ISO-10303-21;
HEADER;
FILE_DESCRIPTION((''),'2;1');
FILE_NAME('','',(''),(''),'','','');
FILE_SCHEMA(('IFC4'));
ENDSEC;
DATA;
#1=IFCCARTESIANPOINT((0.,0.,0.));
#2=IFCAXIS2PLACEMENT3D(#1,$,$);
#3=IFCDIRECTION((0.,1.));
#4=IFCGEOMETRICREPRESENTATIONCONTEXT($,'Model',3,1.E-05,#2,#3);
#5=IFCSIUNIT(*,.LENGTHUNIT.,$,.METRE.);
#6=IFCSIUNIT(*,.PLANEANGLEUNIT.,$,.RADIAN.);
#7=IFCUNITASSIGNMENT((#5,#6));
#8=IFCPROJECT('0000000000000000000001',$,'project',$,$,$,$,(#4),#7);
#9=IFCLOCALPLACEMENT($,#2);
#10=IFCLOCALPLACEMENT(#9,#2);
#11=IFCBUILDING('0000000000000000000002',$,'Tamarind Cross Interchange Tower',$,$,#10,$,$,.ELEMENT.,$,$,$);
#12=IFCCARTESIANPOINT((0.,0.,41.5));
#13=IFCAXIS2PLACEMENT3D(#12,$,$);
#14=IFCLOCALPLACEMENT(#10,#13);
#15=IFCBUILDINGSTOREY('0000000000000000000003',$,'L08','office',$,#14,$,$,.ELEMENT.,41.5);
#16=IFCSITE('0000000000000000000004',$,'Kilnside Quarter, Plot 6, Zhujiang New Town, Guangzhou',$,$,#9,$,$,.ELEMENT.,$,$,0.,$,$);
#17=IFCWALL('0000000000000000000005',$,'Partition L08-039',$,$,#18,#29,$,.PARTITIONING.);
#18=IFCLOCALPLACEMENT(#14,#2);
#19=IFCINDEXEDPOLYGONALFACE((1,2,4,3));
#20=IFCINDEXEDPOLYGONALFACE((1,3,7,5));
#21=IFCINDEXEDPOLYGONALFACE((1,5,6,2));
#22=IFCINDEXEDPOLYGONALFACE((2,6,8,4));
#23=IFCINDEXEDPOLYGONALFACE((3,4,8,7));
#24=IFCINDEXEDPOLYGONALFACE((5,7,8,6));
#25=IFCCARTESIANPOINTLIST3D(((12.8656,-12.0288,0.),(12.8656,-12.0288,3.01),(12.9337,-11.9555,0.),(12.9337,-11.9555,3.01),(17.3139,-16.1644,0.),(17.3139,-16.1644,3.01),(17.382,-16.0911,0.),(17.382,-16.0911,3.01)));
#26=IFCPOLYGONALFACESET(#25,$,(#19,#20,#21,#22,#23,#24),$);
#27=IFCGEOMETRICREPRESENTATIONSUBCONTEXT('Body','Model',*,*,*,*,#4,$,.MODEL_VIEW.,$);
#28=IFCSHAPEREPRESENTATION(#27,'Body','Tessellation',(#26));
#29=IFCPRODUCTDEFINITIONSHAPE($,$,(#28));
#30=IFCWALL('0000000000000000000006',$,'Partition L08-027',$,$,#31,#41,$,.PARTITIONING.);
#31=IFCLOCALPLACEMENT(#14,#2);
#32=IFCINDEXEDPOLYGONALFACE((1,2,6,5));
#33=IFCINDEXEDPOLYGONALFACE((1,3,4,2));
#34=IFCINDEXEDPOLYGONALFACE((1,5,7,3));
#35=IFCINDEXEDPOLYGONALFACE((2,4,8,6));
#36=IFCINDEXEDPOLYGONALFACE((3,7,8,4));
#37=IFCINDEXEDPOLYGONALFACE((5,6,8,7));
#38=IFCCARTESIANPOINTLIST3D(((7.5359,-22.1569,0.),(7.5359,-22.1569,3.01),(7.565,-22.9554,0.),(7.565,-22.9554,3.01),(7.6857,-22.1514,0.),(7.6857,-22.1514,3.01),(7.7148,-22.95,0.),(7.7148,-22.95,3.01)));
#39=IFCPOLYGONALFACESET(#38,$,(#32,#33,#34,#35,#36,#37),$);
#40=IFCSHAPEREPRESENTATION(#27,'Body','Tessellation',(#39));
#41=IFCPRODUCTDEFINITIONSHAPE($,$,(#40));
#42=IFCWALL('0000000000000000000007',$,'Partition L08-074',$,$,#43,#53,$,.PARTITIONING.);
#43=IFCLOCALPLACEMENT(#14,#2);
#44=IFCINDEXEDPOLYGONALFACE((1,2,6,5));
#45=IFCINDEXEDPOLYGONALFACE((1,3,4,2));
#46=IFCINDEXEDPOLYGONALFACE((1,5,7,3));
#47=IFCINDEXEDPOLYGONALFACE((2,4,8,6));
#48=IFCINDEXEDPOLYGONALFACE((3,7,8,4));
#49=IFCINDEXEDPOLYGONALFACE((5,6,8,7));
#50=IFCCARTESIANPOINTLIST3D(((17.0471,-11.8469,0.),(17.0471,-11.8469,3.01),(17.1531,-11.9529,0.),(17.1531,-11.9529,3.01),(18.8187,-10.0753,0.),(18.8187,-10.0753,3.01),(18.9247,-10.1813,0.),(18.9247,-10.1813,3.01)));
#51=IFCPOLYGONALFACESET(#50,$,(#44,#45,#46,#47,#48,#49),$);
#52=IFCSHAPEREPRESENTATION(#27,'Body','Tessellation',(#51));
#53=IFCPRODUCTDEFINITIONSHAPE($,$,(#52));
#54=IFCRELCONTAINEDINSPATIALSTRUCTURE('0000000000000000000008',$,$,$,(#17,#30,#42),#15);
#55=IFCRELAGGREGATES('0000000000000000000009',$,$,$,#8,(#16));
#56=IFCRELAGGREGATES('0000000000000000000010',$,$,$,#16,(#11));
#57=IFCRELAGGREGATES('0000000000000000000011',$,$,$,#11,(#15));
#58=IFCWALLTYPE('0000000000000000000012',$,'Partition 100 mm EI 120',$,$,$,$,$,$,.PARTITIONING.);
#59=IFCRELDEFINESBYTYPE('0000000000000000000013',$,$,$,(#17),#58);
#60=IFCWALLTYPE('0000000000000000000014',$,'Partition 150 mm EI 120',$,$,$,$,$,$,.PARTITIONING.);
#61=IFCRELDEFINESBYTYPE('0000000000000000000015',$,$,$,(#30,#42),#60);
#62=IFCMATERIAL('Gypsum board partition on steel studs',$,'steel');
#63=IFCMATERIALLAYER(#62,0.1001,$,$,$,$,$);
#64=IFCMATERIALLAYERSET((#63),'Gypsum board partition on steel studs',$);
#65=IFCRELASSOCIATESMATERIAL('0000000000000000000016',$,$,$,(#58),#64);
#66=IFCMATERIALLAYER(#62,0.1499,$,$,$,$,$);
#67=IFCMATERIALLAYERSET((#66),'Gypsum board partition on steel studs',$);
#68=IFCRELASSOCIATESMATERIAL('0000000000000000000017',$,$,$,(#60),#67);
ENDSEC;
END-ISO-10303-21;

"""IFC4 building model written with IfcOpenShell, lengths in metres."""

from ifc_helpers import new_model, si_unit, direction, frame, frame_2d, origin, place, context, subcontext, project, spatial, rectangle, extrude, material, layer, layer_set, type_object, element, save


model = new_model("IFC4")

# Units and contexts
model_context = context("Model", 3, precision=1e-05, world=origin(), true_north=direction((0.0, 1.0)))
body_context = subcontext(model_context, "Body", "Model", "MODEL_VIEW")
ifc_project = project(units=[si_unit("LENGTHUNIT", "METRE"), si_unit("PLANEANGLEUNIT", "RADIAN")], contexts=[model_context])

# Site, building, storey
site_placement = place(None, origin())
site = spatial("IfcSite", under=ifc_project, at=site_placement, Name="Kilnside Quarter, Plot 6, Zhujiang New Town, Guangzhou", CompositionType="ELEMENT", RefElevation=0.0)
building_placement = place(site_placement, origin())
building = spatial("IfcBuilding", under=site, at=building_placement, Name="Tamarind Cross Interchange Tower", CompositionType="ELEMENT")
storey_placement = place(building_placement, frame((0.0, 0.0, 41.5)))
storey = spatial("IfcBuildingStorey", under=building, at=storey_placement, Name="L08", Description="office", CompositionType="ELEMENT", Elevation=41.5)

# Walls
ifc_material_1 = material(Name="Gypsum board partition on steel studs", Category="steel")
ifc_layer_1 = layer(ifc_material_1, 0.1001)
ifc_layer_set_1 = layer_set([ifc_layer_1], Name="Gypsum board partition on steel studs")
wall_type_1 = type_object("IfcWallType", Name="Partition 100 mm EI 120", PredefinedType="PARTITIONING", material=ifc_layer_set_1)
wall_1_placement = place(storey_placement, frame((12.8997, -11.9922, 0.0), z_axis=(0.0, 0.0, 1.0), x_axis=(0.732384, -0.680892, 0.0)))
element("IfcWall", 1, at=wall_1_placement, inside=storey, type_object=wall_type_1, Name="Partition L08-039", PredefinedType="PARTITIONING", context=body_context, shape_type="SweptSolid", body=[
    extrude(rectangle(XDim=6.0737, YDim=0.1001, at=frame_2d((3.0369, 0.0))), origin(), (0.0, 0.0, 1.0), 3.01),
])
ifc_layer_2 = layer(ifc_material_1, 0.1499)
ifc_layer_set_2 = layer_set([ifc_layer_2], Name="Gypsum board partition on steel studs")
wall_type_2 = type_object("IfcWallType", Name="Partition 150 mm EI 120", PredefinedType="PARTITIONING", material=ifc_layer_set_2)
wall_2_placement = place(storey_placement, frame((7.6108, -22.1543, 0.0), z_axis=(0.0, 0.0, 1.0), x_axis=(0.036356, -0.999339, 0.0)))
element("IfcWall", 2, at=wall_2_placement, inside=storey, type_object=wall_type_2, Name="Partition L08-027", PredefinedType="PARTITIONING", context=body_context, shape_type="SweptSolid", body=[
    extrude(rectangle(XDim=0.7991, YDim=0.1499, at=frame_2d((0.3994, 0.0))), origin(), (0.0, 0.0, 1.0), 3.01),
])
wall_3_placement = place(storey_placement, frame((17.1001, -11.8999, 0.0), z_axis=(0.0, 0.0, 1.0), x_axis=(0.707107, 0.707107, 0.0)))
element("IfcWall", 3, at=wall_3_placement, inside=storey, type_object=wall_type_2, Name="Partition L08-074", PredefinedType="PARTITIONING", context=body_context, shape_type="SweptSolid", body=[
    extrude(rectangle(XDim=2.5054, YDim=0.1499, at=frame_2d((1.2527, 0.0))), origin(), (0.0, 0.0, 1.0), 3.01),
])

save(model, "model.ifc")
